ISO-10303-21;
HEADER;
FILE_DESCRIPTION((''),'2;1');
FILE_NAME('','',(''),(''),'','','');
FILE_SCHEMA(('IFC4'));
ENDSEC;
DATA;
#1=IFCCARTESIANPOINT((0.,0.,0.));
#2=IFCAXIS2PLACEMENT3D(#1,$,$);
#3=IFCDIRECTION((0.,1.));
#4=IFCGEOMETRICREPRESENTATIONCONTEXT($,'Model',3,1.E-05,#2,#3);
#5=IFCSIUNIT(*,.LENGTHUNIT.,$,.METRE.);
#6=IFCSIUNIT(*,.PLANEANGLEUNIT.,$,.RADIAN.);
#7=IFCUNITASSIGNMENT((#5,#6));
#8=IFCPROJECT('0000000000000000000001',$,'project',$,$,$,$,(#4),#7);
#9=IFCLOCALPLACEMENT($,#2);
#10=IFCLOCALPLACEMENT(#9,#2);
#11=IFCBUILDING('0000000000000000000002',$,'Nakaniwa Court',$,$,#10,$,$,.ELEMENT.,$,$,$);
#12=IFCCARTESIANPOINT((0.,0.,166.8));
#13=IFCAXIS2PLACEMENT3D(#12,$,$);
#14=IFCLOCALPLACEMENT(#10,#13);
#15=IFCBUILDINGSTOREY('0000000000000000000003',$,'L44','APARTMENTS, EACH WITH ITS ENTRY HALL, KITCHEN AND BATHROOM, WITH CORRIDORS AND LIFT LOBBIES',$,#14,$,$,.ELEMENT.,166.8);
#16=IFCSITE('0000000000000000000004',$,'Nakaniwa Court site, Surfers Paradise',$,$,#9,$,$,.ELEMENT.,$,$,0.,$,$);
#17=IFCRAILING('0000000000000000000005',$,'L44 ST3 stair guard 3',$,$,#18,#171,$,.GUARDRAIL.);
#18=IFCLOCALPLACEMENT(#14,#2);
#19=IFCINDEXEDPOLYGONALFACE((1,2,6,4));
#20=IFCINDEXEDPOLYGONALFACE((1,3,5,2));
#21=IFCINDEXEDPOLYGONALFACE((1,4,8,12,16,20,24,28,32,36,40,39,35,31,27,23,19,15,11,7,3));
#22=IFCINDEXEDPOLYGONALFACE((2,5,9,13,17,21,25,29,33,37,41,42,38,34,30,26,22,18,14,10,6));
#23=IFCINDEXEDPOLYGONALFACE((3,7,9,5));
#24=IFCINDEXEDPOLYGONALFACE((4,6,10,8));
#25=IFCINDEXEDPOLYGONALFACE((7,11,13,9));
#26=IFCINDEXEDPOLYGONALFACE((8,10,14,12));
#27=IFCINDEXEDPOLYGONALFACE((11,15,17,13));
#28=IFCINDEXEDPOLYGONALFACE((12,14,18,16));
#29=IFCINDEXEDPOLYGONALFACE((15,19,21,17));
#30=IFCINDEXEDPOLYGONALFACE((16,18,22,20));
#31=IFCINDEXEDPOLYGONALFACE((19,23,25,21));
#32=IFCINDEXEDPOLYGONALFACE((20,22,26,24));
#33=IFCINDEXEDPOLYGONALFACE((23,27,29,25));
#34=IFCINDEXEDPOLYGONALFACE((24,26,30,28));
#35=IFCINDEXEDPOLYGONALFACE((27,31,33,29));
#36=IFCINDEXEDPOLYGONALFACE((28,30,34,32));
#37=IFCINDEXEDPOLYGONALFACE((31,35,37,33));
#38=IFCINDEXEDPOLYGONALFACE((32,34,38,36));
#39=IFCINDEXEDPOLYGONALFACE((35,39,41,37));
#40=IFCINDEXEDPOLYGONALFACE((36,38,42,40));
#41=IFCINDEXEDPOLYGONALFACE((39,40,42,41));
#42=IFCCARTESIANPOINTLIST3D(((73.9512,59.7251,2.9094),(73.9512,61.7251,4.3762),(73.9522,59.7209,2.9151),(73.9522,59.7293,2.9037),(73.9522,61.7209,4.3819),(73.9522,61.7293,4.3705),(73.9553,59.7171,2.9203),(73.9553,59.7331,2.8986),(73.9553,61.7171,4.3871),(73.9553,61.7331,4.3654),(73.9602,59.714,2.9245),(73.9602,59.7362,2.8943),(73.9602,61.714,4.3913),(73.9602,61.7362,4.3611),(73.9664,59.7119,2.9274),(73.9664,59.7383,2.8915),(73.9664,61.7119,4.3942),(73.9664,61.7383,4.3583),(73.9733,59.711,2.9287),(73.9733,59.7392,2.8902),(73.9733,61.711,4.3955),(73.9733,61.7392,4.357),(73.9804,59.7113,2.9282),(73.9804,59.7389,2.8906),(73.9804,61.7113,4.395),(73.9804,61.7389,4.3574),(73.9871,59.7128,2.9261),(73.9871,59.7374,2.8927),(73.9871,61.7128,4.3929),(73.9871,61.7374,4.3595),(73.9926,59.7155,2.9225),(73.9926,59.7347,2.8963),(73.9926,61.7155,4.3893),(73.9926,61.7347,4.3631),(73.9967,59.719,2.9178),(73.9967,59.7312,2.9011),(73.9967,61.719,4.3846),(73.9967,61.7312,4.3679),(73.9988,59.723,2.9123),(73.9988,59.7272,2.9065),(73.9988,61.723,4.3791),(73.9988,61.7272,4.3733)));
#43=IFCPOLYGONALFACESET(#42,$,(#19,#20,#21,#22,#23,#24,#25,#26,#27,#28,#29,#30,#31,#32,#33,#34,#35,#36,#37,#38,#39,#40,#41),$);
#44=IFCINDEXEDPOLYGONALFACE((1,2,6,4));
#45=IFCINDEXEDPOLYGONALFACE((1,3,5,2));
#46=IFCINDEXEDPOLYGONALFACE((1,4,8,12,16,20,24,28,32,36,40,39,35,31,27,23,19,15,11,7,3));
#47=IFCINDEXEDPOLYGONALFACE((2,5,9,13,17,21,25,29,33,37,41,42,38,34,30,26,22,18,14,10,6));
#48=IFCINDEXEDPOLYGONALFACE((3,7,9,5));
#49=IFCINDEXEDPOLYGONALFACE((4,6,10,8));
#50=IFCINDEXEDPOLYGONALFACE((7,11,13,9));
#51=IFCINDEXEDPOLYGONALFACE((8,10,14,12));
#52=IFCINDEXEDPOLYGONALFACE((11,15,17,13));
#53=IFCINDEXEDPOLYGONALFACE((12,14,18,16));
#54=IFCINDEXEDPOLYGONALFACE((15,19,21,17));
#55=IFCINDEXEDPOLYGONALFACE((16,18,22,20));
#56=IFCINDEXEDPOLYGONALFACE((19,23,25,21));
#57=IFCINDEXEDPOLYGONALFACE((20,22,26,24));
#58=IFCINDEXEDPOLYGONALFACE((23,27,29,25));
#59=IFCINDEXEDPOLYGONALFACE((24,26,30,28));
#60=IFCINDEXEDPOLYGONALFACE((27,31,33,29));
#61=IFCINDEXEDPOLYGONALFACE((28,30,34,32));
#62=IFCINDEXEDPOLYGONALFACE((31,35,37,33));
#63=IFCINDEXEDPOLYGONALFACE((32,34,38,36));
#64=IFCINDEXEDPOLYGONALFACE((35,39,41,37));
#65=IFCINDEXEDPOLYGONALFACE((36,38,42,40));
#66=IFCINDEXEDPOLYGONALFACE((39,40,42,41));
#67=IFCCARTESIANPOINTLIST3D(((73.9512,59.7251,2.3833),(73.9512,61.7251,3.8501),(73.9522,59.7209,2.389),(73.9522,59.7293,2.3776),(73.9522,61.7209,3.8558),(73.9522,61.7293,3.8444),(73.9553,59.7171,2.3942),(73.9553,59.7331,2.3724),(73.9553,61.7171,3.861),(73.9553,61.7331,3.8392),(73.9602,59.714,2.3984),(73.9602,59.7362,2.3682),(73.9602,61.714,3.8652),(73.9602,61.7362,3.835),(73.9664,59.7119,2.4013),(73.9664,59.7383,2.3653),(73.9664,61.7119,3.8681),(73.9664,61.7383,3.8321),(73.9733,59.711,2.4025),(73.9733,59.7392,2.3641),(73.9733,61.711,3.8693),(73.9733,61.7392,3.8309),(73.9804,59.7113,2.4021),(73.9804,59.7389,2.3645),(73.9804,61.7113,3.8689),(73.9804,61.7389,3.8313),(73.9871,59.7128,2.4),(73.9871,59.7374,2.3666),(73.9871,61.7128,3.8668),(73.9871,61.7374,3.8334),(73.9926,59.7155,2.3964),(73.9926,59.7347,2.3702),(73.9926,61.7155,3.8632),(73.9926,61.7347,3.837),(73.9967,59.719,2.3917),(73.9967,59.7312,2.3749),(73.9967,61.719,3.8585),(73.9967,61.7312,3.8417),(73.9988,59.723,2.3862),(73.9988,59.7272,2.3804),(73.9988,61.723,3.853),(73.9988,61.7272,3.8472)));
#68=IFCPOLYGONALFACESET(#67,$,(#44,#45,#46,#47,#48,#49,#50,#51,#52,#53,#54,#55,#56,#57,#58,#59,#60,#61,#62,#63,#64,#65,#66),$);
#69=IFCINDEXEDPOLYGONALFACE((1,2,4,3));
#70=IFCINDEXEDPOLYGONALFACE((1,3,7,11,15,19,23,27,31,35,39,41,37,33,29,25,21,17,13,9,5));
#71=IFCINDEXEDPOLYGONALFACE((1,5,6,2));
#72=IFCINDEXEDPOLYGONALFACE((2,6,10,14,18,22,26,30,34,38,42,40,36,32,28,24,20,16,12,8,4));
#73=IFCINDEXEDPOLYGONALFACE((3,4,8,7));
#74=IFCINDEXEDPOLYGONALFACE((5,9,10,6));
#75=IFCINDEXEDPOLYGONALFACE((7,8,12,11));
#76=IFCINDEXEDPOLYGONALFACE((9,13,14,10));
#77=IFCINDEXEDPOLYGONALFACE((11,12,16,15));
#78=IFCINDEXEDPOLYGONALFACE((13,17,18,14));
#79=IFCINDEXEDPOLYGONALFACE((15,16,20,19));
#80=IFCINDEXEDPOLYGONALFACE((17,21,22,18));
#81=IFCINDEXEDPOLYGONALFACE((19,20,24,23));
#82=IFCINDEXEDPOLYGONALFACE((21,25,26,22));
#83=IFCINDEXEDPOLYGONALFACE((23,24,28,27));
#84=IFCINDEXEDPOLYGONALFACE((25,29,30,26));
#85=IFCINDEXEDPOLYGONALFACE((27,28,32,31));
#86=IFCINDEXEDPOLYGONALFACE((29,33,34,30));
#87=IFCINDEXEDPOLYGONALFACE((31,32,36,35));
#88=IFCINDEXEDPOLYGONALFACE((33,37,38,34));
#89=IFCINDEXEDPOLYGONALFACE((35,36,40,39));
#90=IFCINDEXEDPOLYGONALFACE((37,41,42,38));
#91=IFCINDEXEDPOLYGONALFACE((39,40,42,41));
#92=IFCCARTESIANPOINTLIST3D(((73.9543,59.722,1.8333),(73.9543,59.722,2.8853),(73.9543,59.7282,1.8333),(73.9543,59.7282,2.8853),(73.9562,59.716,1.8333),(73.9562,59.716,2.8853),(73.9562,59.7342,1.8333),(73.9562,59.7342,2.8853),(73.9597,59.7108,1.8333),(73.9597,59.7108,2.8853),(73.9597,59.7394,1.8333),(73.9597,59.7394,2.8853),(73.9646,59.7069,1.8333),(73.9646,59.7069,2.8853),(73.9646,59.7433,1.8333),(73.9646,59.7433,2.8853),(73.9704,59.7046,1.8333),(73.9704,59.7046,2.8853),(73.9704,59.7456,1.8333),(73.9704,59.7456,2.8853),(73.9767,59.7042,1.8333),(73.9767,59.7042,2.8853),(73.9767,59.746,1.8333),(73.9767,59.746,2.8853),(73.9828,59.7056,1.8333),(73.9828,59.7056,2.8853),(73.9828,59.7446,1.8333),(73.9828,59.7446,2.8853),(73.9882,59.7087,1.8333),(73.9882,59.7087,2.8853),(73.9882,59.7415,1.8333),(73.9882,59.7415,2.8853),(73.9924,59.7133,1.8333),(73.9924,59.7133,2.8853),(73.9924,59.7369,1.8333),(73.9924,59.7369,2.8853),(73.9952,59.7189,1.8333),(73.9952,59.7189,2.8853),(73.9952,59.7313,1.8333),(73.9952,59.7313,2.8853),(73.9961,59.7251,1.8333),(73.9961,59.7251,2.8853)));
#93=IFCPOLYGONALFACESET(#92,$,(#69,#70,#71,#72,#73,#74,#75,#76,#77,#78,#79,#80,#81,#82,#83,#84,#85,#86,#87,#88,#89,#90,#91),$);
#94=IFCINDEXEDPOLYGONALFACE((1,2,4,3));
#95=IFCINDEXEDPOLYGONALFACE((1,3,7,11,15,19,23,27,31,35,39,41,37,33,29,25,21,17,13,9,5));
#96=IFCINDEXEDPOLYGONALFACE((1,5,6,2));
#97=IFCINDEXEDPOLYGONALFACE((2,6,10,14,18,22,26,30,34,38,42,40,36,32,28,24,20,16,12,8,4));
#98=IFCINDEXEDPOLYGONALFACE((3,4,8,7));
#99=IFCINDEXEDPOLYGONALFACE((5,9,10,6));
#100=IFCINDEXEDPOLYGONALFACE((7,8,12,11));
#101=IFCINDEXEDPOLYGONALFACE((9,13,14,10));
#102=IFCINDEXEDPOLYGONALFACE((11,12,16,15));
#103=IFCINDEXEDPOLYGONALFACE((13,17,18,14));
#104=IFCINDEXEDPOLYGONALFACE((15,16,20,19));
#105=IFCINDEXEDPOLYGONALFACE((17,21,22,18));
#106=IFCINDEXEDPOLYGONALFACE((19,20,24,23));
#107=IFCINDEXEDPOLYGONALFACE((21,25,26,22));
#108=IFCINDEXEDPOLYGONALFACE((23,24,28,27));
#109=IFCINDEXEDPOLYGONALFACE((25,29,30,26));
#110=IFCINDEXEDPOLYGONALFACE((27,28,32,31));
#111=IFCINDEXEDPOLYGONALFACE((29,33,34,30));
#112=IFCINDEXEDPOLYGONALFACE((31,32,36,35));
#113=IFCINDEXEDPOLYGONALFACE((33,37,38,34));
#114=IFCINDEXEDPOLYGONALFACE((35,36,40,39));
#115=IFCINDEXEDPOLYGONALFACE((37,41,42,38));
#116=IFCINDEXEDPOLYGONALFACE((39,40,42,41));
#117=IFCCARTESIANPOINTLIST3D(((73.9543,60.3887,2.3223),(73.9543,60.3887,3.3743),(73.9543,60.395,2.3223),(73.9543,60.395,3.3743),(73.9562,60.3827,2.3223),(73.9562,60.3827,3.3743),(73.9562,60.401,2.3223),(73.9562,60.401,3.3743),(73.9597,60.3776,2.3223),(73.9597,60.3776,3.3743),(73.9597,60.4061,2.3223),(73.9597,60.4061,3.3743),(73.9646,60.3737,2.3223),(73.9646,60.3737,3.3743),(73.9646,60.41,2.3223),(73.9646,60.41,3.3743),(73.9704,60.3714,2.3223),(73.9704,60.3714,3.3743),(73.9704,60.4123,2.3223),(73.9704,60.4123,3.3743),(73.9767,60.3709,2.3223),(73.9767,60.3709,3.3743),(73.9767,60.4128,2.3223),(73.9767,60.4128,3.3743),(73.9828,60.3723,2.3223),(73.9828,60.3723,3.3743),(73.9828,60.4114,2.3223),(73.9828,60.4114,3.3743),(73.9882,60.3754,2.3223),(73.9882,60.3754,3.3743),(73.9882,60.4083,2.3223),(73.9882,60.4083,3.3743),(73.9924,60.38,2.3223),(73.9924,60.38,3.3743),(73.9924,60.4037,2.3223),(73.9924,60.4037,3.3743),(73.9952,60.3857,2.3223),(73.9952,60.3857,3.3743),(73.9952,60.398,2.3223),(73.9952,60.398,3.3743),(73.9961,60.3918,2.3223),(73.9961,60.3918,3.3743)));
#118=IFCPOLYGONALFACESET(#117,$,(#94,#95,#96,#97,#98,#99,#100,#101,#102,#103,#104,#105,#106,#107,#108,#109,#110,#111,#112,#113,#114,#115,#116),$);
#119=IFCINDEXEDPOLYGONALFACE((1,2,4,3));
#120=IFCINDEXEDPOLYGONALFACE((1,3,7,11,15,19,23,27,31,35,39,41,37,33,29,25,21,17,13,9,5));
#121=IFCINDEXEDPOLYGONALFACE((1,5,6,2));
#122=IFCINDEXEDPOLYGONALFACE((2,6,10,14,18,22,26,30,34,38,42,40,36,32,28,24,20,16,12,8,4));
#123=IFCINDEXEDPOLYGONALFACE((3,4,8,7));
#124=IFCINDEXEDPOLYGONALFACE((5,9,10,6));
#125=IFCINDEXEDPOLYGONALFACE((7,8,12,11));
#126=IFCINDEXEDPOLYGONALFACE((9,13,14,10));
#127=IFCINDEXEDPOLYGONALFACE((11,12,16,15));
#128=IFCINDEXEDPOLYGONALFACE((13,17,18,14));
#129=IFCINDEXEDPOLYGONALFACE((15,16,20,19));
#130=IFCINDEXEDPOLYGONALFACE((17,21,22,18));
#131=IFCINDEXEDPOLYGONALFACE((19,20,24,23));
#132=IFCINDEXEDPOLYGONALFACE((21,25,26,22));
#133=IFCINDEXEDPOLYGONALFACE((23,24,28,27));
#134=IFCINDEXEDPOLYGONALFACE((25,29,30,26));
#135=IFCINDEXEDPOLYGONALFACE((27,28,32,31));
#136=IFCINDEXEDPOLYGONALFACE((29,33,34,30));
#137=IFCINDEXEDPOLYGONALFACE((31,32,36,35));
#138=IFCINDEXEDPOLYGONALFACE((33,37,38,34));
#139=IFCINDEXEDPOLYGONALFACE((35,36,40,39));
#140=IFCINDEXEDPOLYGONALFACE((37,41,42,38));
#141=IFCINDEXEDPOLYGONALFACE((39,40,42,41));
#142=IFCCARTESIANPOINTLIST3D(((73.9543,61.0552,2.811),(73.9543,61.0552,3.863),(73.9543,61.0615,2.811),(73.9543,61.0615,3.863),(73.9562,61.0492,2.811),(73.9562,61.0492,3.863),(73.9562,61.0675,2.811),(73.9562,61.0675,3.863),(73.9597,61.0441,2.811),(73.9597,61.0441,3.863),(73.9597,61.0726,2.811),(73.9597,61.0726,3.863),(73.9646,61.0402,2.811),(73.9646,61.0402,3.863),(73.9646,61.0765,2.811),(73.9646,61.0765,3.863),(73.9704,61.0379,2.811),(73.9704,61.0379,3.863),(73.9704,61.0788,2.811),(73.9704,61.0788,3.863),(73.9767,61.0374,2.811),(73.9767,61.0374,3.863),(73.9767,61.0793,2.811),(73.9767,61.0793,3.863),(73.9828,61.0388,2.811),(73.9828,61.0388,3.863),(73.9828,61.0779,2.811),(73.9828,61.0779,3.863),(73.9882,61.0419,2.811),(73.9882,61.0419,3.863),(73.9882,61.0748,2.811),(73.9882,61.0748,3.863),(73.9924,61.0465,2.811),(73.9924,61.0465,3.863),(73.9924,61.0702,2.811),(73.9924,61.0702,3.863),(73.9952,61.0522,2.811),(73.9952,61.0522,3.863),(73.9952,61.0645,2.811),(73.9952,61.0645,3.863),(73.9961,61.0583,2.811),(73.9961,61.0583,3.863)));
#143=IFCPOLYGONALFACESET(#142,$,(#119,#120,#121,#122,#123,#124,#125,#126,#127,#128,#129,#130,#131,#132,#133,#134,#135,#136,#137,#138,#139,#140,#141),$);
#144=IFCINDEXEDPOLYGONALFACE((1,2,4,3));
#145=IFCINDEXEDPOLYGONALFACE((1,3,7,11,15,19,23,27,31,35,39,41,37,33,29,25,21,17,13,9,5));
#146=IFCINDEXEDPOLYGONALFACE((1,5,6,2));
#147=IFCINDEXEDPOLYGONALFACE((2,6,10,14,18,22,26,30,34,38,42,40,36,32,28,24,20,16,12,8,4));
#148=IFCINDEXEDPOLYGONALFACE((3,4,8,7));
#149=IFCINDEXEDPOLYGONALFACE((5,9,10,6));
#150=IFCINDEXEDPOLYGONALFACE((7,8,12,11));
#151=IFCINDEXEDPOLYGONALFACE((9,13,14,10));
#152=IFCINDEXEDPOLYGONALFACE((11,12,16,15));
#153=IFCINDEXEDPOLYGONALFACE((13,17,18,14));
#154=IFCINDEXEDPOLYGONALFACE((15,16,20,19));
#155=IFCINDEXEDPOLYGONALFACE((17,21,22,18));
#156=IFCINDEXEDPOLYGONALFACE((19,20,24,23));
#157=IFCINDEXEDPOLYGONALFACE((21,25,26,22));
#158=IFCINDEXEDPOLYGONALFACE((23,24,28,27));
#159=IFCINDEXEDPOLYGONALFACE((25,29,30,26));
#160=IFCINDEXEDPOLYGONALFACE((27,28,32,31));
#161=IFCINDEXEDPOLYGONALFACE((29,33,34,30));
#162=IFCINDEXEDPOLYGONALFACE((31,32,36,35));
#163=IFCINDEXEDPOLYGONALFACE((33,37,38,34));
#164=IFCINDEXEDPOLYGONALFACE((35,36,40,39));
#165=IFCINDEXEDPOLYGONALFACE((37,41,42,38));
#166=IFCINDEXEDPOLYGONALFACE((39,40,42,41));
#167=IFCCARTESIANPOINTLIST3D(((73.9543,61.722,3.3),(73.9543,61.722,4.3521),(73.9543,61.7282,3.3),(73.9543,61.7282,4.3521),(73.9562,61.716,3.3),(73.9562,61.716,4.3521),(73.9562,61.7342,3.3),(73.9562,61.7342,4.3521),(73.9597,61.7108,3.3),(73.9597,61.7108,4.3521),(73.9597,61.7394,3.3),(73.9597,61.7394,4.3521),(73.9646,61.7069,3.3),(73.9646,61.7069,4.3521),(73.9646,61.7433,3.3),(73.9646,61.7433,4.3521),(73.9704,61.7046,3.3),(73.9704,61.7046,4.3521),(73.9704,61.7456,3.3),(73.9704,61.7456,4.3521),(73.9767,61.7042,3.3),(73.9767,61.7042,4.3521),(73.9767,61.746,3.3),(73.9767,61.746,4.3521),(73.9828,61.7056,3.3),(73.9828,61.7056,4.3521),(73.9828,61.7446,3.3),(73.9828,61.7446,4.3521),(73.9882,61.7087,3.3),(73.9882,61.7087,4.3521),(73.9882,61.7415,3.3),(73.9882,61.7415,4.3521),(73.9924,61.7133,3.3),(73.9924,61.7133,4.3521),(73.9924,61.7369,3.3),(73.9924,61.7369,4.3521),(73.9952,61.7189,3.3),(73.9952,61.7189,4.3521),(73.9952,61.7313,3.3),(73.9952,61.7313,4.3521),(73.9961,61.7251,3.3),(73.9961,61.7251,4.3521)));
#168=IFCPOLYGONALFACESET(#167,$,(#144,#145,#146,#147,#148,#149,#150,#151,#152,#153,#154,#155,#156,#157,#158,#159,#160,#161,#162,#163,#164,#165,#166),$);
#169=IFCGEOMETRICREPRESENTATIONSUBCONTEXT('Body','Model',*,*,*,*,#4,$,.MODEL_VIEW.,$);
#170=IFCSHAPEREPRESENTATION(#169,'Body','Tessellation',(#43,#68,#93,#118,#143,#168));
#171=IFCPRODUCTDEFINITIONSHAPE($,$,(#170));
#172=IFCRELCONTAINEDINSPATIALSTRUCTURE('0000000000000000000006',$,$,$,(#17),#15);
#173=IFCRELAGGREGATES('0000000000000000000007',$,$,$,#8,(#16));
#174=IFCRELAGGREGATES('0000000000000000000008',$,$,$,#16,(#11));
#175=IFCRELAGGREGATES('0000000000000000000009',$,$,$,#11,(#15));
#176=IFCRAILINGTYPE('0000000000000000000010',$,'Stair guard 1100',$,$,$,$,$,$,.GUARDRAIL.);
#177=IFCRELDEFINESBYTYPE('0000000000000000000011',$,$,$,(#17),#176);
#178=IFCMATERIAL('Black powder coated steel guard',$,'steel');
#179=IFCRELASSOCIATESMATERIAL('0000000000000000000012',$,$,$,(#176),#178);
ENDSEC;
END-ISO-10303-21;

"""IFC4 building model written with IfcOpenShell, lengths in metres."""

from ifc_helpers import new_model, si_unit, direction, frame, origin, origin_2d, place, context, subcontext, project, spatial, circle, extrude, material, type_object, element, save


model = new_model("IFC4")

# Units and contexts
model_context = context("Model", 3, precision=1e-05, world=origin(), true_north=direction((0.0, 1.0)))
body_context = subcontext(model_context, "Body", "Model", "MODEL_VIEW")
ifc_project = project(units=[si_unit("LENGTHUNIT", "METRE"), si_unit("PLANEANGLEUNIT", "RADIAN")], contexts=[model_context])

# Site, building, storey
site_placement = place(None, origin())
site = spatial("IfcSite", under=ifc_project, at=site_placement, Name="Nakaniwa Court site, Surfers Paradise", CompositionType="ELEMENT", RefElevation=0.0)
building_placement = place(site_placement, origin())
building = spatial("IfcBuilding", under=site, at=building_placement, Name="Nakaniwa Court", CompositionType="ELEMENT")
storey_placement = place(building_placement, frame((0.0, 0.0, 166.8)))
storey = spatial("IfcBuildingStorey", under=building, at=storey_placement, Name="L44", Description="APARTMENTS, EACH WITH ITS ENTRY HALL, KITCHEN AND BATHROOM, WITH CORRIDORS AND LIFT LOBBIES", CompositionType="ELEMENT", Elevation=166.8)

# Railing
ifc_material_1 = material(Name="Black powder coated steel guard", Category="steel")
railing_type_1 = type_object("IfcRailingType", Name="Stair guard 1100", PredefinedType="GUARDRAIL", material=ifc_material_1)
railing_1_placement = place(storey_placement, frame((73.9751, 59.7251, 1.8333)))
element("IfcRailing", 1, at=railing_1_placement, inside=storey, type_object=railing_type_1, Name="L44 ST3 stair guard 3", PredefinedType="GUARDRAIL", context=body_context, shape_type="SweptSolid", body=[
    extrude(circle(Radius=0.0239, at=origin_2d()), frame((0.0, 0.0, 1.0762), z_axis=(0.0, 0.80638, 0.591398), x_axis=(-1.0, 0.0, 0.0)), (0.0, 0.0, 1.0), 2.4802),
    extrude(circle(Radius=0.0239, at=origin_2d()), frame((0.0, 0.0, 0.55), z_axis=(0.0, 0.80638, 0.591398), x_axis=(-1.0, 0.0, 0.0)), (0.0, 0.0, 1.0), 2.4802),
    extrude(circle(Radius=0.021, at=origin_2d()), origin(), (0.0, 0.0, 1.0), 1.052),
    extrude(circle(Radius=0.021, at=origin_2d()), frame((0.0, 0.6667, 0.489)), (0.0, 0.0, 1.0), 1.052),
    extrude(circle(Radius=0.021, at=origin_2d()), frame((0.0, 1.3333, 0.9778)), (0.0, 0.0, 1.0), 1.052),
    extrude(circle(Radius=0.021, at=origin_2d()), frame((0.0, 2.0, 1.4668)), (0.0, 0.0, 1.0), 1.052),
])

save(model, "model.ifc")
